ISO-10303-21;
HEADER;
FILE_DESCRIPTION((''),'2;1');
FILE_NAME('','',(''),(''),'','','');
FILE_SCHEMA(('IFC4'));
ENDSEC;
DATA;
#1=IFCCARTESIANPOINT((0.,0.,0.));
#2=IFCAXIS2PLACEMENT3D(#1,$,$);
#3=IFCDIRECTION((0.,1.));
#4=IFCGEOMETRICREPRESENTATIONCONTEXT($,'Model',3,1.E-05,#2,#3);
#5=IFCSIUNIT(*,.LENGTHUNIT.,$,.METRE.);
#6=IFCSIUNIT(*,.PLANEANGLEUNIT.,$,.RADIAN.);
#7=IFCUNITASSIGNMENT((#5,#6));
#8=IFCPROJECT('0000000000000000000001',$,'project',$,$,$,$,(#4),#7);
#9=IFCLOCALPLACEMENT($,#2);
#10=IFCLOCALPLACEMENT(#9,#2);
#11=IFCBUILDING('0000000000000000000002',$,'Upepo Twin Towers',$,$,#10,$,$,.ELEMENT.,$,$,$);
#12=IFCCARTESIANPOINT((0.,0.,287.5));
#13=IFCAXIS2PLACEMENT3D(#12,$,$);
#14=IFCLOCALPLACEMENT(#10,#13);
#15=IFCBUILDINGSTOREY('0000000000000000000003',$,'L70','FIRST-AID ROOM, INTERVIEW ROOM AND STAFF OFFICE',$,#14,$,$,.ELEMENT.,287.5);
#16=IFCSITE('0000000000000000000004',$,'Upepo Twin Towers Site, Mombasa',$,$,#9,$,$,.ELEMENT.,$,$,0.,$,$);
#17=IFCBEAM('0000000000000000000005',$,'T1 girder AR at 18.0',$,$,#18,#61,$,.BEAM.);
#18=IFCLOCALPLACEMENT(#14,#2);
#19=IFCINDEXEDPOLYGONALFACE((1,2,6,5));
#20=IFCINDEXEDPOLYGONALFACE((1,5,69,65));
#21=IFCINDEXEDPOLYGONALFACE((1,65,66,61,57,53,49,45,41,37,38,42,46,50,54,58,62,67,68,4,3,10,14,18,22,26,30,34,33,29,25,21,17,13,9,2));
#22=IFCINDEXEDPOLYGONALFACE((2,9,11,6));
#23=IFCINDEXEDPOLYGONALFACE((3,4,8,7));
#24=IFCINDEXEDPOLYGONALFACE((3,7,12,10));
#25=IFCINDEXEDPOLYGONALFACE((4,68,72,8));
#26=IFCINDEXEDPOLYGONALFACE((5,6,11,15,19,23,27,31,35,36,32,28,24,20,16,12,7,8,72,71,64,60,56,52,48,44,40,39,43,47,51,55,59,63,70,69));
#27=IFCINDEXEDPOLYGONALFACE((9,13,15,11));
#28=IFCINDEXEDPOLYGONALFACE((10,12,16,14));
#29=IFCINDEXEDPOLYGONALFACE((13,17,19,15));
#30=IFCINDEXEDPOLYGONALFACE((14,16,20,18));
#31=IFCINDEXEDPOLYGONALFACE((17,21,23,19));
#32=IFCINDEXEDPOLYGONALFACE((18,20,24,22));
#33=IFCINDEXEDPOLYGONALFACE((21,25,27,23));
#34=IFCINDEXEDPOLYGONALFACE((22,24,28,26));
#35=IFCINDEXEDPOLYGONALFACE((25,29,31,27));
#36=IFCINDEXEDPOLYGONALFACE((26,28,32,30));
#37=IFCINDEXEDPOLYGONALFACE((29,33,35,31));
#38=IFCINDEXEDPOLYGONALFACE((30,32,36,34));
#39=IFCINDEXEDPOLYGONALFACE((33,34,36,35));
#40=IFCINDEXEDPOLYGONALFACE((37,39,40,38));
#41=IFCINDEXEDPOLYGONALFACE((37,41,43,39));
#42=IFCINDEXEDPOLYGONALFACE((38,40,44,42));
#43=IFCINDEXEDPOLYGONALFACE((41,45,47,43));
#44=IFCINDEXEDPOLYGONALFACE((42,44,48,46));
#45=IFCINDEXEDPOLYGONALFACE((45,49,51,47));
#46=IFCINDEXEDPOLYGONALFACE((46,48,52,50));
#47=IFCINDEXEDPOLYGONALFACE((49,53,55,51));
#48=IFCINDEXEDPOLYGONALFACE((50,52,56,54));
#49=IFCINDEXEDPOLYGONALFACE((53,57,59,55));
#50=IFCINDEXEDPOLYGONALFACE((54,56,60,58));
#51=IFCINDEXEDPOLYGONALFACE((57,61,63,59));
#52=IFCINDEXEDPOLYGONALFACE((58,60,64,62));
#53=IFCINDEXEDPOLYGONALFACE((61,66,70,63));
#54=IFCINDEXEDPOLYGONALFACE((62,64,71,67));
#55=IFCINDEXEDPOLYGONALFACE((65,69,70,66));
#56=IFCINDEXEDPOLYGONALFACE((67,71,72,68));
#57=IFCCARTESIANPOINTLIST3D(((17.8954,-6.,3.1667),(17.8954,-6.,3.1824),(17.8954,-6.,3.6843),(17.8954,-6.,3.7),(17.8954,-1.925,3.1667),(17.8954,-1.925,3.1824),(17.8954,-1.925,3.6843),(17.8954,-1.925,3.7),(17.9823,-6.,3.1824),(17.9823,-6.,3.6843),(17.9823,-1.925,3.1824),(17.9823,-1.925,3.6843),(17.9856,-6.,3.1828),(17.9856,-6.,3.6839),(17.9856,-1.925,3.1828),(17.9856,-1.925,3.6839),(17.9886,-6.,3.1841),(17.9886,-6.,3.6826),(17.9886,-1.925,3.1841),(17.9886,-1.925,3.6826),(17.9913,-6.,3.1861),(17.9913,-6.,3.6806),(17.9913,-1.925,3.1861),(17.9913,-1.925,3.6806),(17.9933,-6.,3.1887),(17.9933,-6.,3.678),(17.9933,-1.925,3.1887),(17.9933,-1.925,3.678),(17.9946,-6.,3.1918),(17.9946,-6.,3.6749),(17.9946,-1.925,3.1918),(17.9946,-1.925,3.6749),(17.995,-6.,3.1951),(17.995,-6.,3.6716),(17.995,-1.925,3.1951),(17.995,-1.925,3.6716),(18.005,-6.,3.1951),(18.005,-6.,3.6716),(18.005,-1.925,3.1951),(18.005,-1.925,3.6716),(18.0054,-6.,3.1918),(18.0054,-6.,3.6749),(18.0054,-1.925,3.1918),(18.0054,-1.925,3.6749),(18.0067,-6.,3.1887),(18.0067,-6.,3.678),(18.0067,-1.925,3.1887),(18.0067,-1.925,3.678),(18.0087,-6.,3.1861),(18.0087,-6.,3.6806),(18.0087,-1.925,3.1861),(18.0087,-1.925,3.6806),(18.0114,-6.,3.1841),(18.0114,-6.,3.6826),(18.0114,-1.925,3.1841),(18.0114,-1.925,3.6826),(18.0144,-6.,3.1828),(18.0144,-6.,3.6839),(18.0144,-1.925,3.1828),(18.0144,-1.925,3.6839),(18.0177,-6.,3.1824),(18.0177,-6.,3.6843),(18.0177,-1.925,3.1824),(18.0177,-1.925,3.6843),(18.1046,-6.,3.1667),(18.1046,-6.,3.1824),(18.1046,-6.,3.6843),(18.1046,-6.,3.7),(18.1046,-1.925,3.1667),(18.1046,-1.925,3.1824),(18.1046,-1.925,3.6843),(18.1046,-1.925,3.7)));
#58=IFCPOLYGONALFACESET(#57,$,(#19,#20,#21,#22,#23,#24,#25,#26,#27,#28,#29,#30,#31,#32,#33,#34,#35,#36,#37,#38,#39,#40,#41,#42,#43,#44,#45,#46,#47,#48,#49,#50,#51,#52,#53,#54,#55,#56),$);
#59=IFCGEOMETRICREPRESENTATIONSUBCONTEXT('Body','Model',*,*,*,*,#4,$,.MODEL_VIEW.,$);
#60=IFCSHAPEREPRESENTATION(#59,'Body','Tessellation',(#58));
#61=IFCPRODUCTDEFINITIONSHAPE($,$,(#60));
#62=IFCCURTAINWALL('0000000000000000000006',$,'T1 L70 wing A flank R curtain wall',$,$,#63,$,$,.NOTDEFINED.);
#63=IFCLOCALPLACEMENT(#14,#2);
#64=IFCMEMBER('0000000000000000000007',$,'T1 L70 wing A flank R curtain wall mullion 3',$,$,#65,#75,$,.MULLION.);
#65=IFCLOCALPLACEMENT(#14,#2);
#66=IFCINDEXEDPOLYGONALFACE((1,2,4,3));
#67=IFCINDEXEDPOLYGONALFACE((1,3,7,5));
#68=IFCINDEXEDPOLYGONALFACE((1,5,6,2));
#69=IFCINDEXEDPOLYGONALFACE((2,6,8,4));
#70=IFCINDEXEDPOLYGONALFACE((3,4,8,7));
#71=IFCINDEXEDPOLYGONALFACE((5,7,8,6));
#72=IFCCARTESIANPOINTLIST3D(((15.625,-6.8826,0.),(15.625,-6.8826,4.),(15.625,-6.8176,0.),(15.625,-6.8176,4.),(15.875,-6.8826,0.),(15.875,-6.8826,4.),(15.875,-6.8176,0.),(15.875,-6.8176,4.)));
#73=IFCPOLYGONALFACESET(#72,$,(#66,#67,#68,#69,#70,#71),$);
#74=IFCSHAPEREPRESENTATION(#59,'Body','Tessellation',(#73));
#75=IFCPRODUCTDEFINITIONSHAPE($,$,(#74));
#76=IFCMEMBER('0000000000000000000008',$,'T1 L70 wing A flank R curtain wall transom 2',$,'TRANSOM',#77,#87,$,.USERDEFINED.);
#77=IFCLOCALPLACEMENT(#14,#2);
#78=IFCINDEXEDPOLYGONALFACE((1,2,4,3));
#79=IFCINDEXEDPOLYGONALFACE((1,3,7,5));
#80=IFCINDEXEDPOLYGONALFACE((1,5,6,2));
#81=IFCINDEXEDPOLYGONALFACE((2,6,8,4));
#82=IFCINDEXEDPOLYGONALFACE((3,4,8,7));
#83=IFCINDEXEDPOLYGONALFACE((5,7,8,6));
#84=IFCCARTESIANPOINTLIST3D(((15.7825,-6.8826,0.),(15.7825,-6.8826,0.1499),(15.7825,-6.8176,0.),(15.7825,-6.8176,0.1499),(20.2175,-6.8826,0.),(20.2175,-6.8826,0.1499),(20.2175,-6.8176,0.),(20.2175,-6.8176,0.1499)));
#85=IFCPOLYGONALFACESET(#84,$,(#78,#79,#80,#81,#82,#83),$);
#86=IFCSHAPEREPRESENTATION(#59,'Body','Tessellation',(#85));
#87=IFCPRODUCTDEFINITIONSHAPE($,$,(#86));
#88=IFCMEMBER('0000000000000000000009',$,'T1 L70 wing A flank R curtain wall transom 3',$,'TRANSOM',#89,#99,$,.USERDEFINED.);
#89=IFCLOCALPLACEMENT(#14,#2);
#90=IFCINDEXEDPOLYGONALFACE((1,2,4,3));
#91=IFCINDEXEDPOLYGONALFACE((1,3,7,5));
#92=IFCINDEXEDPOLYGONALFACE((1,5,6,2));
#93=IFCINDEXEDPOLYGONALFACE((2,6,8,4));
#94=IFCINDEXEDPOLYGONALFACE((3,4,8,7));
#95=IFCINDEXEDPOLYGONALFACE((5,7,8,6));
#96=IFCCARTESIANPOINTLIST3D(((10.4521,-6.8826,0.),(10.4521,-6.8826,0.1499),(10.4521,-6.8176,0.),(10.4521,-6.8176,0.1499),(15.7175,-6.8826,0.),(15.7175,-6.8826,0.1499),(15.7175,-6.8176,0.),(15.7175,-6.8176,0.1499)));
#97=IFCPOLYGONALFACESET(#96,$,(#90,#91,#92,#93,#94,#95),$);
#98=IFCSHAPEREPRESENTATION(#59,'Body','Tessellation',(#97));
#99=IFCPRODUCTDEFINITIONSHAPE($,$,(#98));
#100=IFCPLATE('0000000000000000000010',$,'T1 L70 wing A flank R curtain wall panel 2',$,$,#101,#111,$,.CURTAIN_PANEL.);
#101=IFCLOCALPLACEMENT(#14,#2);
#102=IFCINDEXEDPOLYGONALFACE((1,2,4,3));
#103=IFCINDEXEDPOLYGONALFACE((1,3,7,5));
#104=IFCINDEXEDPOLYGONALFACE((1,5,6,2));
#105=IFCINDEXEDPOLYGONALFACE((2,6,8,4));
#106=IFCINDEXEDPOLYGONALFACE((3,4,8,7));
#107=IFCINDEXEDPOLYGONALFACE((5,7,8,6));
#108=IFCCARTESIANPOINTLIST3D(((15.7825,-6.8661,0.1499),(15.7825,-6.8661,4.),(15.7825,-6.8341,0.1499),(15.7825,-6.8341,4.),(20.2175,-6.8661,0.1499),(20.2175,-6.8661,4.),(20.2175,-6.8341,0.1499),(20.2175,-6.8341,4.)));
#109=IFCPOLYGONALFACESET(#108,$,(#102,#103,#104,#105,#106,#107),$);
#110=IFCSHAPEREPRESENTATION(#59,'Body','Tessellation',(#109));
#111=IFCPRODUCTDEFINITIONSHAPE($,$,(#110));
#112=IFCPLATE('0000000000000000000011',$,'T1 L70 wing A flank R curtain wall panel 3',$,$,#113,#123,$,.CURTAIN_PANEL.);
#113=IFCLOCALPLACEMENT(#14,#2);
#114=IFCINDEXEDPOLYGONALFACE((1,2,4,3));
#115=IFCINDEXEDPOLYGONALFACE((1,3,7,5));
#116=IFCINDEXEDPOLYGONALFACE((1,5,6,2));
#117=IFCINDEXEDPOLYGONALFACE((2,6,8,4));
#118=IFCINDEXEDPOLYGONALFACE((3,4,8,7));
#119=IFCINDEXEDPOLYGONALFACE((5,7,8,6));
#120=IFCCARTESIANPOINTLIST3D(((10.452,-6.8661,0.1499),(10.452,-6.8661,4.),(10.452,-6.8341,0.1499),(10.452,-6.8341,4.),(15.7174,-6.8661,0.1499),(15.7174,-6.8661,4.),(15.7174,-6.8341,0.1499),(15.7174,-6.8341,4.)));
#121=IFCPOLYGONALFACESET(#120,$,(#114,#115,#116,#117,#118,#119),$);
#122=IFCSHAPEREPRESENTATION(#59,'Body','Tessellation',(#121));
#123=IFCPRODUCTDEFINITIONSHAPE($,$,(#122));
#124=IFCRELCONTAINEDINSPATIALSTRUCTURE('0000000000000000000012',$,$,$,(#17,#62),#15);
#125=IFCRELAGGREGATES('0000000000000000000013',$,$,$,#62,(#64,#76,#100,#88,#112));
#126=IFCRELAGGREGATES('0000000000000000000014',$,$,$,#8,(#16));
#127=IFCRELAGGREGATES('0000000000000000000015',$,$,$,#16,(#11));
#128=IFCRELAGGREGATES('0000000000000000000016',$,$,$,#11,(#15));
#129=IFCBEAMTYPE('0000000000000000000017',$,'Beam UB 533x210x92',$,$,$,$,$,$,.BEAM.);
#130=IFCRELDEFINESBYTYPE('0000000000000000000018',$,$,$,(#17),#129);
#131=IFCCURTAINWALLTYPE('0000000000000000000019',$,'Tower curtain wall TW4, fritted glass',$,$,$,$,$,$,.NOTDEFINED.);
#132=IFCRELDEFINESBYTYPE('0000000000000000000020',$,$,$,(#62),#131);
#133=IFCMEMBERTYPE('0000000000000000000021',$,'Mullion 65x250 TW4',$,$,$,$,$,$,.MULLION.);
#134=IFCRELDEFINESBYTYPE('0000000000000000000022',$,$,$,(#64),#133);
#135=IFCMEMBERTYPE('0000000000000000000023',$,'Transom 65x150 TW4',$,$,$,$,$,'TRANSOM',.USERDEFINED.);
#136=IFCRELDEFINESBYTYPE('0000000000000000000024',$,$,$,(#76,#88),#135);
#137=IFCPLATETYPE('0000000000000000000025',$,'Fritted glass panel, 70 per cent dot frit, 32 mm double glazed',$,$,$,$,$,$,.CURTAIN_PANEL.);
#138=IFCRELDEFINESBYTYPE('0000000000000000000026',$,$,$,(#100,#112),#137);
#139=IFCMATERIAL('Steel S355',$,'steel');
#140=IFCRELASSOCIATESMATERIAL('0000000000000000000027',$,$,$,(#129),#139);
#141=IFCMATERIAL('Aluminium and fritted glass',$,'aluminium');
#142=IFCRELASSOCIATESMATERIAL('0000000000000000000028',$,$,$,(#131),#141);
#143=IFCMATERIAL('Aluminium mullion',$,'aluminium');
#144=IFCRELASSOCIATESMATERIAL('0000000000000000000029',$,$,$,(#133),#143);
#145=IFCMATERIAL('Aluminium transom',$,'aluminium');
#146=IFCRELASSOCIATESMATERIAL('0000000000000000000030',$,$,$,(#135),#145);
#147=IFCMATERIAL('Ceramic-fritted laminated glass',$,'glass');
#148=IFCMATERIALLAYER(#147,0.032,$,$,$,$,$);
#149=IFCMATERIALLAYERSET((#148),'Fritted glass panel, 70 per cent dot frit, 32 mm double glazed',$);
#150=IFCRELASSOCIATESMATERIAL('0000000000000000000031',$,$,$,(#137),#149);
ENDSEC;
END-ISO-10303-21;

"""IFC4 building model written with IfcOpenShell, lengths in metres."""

from ifc_helpers import new_model, si_unit, direction, frame, origin, origin_2d, place, context, subcontext, project, spatial, rectangle, i_section, extrude, material, layer, layer_set, material_profile, profile_set, type_object, element, aggregate, save


model = new_model("IFC4")

# Units and contexts
model_context = context("Model", 3, precision=1e-05, world=origin(), true_north=direction((0.0, 1.0)))
body_context = subcontext(model_context, "Body", "Model", "MODEL_VIEW")
ifc_project = project(units=[si_unit("LENGTHUNIT", "METRE"), si_unit("PLANEANGLEUNIT", "RADIAN")], contexts=[model_context])

# Site, building, storey
site_placement = place(None, origin())
site = spatial("IfcSite", under=ifc_project, at=site_placement, Name="Upepo Twin Towers Site, Mombasa", CompositionType="ELEMENT", RefElevation=0.0)
building_placement = place(site_placement, origin())
building = spatial("IfcBuilding", under=site, at=building_placement, Name="Upepo Twin Towers", CompositionType="ELEMENT")
storey_placement = place(building_placement, frame((0.0, 0.0, 287.5)))
storey = spatial("IfcBuildingStorey", under=building, at=storey_placement, Name="L70", Description="FIRST-AID ROOM, INTERVIEW ROOM AND STAFF OFFICE", CompositionType="ELEMENT", Elevation=287.5)

# Beam
ifc_material_1 = material(Name="Steel S355", Category="steel")
ifc_material_profile_1 = material_profile(ifc_material_1, i_section(OverallWidth=0.2092, OverallDepth=0.5332, WebThickness=0.01, FlangeThickness=0.0156, FilletRadius=0.0127, at=origin_2d()), Name="UB 533x210x92")
ifc_profile_set_1 = profile_set([ifc_material_profile_1], Name="Steel S355")
beam_type_1 = type_object("IfcBeamType", Name="Beam UB 533x210x92", PredefinedType="BEAM", material=ifc_profile_set_1)
for number, where, z_axis, x_axis, name in (
    (1, (18.0, -6.0, 3.4333), (0.0, 1.0, 0.0), (-1.0, 0.0, 0.0), "T1 girder AR at 18.0"),
):
    element("IfcBeam", number, at=place(storey_placement, frame(where, z_axis=z_axis, x_axis=x_axis)), inside=storey, type_object=beam_type_1, Name=name, PredefinedType="BEAM", context=body_context, shape_type="SweptSolid", body=[
        extrude(i_section(OverallWidth=0.2092, OverallDepth=0.5332, WebThickness=0.01, FlangeThickness=0.0156, FilletRadius=0.0127, at=origin_2d()), origin(), (0.0, 0.0, 1.0), 4.075),
    ])

# Curtain wall, members, plates
ifc_material_2 = material(Name="Aluminium and fritted glass", Category="aluminium")
curtain_wall_type = type_object("IfcCurtainWallType", Name="Tower curtain wall TW4, fritted glass", PredefinedType="NOTDEFINED", material=ifc_material_2)
curtain_wall_placement = place(storey_placement, origin())
curtain_wall = element("IfcCurtainWall", 2, at=curtain_wall_placement, inside=storey, type_object=curtain_wall_type, Name="T1 L70 wing A flank R curtain wall", PredefinedType="NOTDEFINED")
ifc_material_3 = material(Name="Aluminium mullion", Category="aluminium")
ifc_material_profile_2 = material_profile(ifc_material_3, rectangle(XDim=0.0649, YDim=0.25, at=origin_2d()), Name="MULLION 65x250")
ifc_profile_set_2 = profile_set([ifc_material_profile_2], Name="Aluminium mullion")
member_type_1 = type_object("IfcMemberType", Name="Mullion 65x250 TW4", PredefinedType="MULLION", material=ifc_profile_set_2)
member_1_placement = place(storey_placement, frame((15.75, -6.8501, 0.0), z_axis=(0.0, 0.0, 1.0), x_axis=(0.0, -1.0, 0.0)))
member_1 = element("IfcMember", 3, at=member_1_placement, type_object=member_type_1, Name="T1 L70 wing A flank R curtain wall mullion 3", PredefinedType="MULLION", context=body_context, shape_type="SweptSolid", body=[
    extrude(rectangle(XDim=0.0649, YDim=0.25, at=origin_2d()), origin(), (0.0, 0.0, 1.0), 4.0),
])
ifc_material_4 = material(Name="Aluminium transom", Category="aluminium")
ifc_material_profile_3 = material_profile(ifc_material_4, rectangle(XDim=0.0649, YDim=0.1499, at=origin_2d()), Name="TRANSOM 65x150")
ifc_profile_set_3 = profile_set([ifc_material_profile_3], Name="Aluminium transom")
member_type_2 = type_object("IfcMemberType", Name="Transom 65x150 TW4", ElementType="TRANSOM", PredefinedType="USERDEFINED", material=ifc_profile_set_3)
member_2_placement = place(storey_placement, frame((20.2175, -6.8501, 0.075), z_axis=(-1.0, 0.0, 0.0), x_axis=(0.0, -1.0, 0.0)))
member_2 = element("IfcMember", 4, at=member_2_placement, type_object=member_type_2, Name="T1 L70 wing A flank R curtain wall transom 2", ObjectType="TRANSOM", PredefinedType="USERDEFINED", context=body_context, shape_type="SweptSolid", body=[
    extrude(rectangle(XDim=0.0649, YDim=0.1499, at=origin_2d()), origin(), (0.0, 0.0, 1.0), 4.4351),
])
member_3_placement = place(storey_placement, frame((15.7175, -6.8501, 0.075), z_axis=(-1.0, 0.0, 0.0), x_axis=(0.0, -1.0, 0.0)))
member_3 = element("IfcMember", 5, at=member_3_placement, type_object=member_type_2, Name="T1 L70 wing A flank R curtain wall transom 3", ObjectType="TRANSOM", PredefinedType="USERDEFINED", context=body_context, shape_type="SweptSolid", body=[
    extrude(rectangle(XDim=0.0649, YDim=0.1499, at=origin_2d()), origin(), (0.0, 0.0, 1.0), 5.2654),
])
ifc_material_5 = material(Name="Ceramic-fritted laminated glass", Category="glass")
ifc_layer_1 = layer(ifc_material_5, 0.032)
ifc_layer_set_1 = layer_set([ifc_layer_1], Name="Fritted glass panel, 70 per cent dot frit, 32 mm double glazed")
plate_type = type_object("IfcPlateType", Name="Fritted glass panel, 70 per cent dot frit, 32 mm double glazed", PredefinedType="CURTAIN_PANEL", material=ifc_layer_set_1)
plate_1_placement = place(storey_placement, frame((18.0, -6.8501, 0.1499), z_axis=(0.0, 0.0, 1.0), x_axis=(-1.0, 0.0, 0.0)))
plate_1 = element("IfcPlate", 6, at=plate_1_placement, type_object=plate_type, Name="T1 L70 wing A flank R curtain wall panel 2", PredefinedType="CURTAIN_PANEL", context=body_context, shape_type="SweptSolid", body=[
    extrude(rectangle(XDim=4.4351, YDim=0.032, at=origin_2d()), origin(), (0.0, 0.0, 1.0), 3.8501),
])
plate_2_placement = place(storey_placement, frame((13.0847, -6.8501, 0.1499), z_axis=(0.0, 0.0, 1.0), x_axis=(-1.0, 0.0, 0.0)))
plate_2 = element("IfcPlate", 7, at=plate_2_placement, type_object=plate_type, Name="T1 L70 wing A flank R curtain wall panel 3", PredefinedType="CURTAIN_PANEL", context=body_context, shape_type="SweptSolid", body=[
    extrude(rectangle(XDim=5.2654, YDim=0.032, at=origin_2d()), origin(), (0.0, 0.0, 1.0), 3.8501),
])
aggregate(curtain_wall, [member_1, member_2, plate_1, member_3, plate_2])

save(model, "model.ifc")
